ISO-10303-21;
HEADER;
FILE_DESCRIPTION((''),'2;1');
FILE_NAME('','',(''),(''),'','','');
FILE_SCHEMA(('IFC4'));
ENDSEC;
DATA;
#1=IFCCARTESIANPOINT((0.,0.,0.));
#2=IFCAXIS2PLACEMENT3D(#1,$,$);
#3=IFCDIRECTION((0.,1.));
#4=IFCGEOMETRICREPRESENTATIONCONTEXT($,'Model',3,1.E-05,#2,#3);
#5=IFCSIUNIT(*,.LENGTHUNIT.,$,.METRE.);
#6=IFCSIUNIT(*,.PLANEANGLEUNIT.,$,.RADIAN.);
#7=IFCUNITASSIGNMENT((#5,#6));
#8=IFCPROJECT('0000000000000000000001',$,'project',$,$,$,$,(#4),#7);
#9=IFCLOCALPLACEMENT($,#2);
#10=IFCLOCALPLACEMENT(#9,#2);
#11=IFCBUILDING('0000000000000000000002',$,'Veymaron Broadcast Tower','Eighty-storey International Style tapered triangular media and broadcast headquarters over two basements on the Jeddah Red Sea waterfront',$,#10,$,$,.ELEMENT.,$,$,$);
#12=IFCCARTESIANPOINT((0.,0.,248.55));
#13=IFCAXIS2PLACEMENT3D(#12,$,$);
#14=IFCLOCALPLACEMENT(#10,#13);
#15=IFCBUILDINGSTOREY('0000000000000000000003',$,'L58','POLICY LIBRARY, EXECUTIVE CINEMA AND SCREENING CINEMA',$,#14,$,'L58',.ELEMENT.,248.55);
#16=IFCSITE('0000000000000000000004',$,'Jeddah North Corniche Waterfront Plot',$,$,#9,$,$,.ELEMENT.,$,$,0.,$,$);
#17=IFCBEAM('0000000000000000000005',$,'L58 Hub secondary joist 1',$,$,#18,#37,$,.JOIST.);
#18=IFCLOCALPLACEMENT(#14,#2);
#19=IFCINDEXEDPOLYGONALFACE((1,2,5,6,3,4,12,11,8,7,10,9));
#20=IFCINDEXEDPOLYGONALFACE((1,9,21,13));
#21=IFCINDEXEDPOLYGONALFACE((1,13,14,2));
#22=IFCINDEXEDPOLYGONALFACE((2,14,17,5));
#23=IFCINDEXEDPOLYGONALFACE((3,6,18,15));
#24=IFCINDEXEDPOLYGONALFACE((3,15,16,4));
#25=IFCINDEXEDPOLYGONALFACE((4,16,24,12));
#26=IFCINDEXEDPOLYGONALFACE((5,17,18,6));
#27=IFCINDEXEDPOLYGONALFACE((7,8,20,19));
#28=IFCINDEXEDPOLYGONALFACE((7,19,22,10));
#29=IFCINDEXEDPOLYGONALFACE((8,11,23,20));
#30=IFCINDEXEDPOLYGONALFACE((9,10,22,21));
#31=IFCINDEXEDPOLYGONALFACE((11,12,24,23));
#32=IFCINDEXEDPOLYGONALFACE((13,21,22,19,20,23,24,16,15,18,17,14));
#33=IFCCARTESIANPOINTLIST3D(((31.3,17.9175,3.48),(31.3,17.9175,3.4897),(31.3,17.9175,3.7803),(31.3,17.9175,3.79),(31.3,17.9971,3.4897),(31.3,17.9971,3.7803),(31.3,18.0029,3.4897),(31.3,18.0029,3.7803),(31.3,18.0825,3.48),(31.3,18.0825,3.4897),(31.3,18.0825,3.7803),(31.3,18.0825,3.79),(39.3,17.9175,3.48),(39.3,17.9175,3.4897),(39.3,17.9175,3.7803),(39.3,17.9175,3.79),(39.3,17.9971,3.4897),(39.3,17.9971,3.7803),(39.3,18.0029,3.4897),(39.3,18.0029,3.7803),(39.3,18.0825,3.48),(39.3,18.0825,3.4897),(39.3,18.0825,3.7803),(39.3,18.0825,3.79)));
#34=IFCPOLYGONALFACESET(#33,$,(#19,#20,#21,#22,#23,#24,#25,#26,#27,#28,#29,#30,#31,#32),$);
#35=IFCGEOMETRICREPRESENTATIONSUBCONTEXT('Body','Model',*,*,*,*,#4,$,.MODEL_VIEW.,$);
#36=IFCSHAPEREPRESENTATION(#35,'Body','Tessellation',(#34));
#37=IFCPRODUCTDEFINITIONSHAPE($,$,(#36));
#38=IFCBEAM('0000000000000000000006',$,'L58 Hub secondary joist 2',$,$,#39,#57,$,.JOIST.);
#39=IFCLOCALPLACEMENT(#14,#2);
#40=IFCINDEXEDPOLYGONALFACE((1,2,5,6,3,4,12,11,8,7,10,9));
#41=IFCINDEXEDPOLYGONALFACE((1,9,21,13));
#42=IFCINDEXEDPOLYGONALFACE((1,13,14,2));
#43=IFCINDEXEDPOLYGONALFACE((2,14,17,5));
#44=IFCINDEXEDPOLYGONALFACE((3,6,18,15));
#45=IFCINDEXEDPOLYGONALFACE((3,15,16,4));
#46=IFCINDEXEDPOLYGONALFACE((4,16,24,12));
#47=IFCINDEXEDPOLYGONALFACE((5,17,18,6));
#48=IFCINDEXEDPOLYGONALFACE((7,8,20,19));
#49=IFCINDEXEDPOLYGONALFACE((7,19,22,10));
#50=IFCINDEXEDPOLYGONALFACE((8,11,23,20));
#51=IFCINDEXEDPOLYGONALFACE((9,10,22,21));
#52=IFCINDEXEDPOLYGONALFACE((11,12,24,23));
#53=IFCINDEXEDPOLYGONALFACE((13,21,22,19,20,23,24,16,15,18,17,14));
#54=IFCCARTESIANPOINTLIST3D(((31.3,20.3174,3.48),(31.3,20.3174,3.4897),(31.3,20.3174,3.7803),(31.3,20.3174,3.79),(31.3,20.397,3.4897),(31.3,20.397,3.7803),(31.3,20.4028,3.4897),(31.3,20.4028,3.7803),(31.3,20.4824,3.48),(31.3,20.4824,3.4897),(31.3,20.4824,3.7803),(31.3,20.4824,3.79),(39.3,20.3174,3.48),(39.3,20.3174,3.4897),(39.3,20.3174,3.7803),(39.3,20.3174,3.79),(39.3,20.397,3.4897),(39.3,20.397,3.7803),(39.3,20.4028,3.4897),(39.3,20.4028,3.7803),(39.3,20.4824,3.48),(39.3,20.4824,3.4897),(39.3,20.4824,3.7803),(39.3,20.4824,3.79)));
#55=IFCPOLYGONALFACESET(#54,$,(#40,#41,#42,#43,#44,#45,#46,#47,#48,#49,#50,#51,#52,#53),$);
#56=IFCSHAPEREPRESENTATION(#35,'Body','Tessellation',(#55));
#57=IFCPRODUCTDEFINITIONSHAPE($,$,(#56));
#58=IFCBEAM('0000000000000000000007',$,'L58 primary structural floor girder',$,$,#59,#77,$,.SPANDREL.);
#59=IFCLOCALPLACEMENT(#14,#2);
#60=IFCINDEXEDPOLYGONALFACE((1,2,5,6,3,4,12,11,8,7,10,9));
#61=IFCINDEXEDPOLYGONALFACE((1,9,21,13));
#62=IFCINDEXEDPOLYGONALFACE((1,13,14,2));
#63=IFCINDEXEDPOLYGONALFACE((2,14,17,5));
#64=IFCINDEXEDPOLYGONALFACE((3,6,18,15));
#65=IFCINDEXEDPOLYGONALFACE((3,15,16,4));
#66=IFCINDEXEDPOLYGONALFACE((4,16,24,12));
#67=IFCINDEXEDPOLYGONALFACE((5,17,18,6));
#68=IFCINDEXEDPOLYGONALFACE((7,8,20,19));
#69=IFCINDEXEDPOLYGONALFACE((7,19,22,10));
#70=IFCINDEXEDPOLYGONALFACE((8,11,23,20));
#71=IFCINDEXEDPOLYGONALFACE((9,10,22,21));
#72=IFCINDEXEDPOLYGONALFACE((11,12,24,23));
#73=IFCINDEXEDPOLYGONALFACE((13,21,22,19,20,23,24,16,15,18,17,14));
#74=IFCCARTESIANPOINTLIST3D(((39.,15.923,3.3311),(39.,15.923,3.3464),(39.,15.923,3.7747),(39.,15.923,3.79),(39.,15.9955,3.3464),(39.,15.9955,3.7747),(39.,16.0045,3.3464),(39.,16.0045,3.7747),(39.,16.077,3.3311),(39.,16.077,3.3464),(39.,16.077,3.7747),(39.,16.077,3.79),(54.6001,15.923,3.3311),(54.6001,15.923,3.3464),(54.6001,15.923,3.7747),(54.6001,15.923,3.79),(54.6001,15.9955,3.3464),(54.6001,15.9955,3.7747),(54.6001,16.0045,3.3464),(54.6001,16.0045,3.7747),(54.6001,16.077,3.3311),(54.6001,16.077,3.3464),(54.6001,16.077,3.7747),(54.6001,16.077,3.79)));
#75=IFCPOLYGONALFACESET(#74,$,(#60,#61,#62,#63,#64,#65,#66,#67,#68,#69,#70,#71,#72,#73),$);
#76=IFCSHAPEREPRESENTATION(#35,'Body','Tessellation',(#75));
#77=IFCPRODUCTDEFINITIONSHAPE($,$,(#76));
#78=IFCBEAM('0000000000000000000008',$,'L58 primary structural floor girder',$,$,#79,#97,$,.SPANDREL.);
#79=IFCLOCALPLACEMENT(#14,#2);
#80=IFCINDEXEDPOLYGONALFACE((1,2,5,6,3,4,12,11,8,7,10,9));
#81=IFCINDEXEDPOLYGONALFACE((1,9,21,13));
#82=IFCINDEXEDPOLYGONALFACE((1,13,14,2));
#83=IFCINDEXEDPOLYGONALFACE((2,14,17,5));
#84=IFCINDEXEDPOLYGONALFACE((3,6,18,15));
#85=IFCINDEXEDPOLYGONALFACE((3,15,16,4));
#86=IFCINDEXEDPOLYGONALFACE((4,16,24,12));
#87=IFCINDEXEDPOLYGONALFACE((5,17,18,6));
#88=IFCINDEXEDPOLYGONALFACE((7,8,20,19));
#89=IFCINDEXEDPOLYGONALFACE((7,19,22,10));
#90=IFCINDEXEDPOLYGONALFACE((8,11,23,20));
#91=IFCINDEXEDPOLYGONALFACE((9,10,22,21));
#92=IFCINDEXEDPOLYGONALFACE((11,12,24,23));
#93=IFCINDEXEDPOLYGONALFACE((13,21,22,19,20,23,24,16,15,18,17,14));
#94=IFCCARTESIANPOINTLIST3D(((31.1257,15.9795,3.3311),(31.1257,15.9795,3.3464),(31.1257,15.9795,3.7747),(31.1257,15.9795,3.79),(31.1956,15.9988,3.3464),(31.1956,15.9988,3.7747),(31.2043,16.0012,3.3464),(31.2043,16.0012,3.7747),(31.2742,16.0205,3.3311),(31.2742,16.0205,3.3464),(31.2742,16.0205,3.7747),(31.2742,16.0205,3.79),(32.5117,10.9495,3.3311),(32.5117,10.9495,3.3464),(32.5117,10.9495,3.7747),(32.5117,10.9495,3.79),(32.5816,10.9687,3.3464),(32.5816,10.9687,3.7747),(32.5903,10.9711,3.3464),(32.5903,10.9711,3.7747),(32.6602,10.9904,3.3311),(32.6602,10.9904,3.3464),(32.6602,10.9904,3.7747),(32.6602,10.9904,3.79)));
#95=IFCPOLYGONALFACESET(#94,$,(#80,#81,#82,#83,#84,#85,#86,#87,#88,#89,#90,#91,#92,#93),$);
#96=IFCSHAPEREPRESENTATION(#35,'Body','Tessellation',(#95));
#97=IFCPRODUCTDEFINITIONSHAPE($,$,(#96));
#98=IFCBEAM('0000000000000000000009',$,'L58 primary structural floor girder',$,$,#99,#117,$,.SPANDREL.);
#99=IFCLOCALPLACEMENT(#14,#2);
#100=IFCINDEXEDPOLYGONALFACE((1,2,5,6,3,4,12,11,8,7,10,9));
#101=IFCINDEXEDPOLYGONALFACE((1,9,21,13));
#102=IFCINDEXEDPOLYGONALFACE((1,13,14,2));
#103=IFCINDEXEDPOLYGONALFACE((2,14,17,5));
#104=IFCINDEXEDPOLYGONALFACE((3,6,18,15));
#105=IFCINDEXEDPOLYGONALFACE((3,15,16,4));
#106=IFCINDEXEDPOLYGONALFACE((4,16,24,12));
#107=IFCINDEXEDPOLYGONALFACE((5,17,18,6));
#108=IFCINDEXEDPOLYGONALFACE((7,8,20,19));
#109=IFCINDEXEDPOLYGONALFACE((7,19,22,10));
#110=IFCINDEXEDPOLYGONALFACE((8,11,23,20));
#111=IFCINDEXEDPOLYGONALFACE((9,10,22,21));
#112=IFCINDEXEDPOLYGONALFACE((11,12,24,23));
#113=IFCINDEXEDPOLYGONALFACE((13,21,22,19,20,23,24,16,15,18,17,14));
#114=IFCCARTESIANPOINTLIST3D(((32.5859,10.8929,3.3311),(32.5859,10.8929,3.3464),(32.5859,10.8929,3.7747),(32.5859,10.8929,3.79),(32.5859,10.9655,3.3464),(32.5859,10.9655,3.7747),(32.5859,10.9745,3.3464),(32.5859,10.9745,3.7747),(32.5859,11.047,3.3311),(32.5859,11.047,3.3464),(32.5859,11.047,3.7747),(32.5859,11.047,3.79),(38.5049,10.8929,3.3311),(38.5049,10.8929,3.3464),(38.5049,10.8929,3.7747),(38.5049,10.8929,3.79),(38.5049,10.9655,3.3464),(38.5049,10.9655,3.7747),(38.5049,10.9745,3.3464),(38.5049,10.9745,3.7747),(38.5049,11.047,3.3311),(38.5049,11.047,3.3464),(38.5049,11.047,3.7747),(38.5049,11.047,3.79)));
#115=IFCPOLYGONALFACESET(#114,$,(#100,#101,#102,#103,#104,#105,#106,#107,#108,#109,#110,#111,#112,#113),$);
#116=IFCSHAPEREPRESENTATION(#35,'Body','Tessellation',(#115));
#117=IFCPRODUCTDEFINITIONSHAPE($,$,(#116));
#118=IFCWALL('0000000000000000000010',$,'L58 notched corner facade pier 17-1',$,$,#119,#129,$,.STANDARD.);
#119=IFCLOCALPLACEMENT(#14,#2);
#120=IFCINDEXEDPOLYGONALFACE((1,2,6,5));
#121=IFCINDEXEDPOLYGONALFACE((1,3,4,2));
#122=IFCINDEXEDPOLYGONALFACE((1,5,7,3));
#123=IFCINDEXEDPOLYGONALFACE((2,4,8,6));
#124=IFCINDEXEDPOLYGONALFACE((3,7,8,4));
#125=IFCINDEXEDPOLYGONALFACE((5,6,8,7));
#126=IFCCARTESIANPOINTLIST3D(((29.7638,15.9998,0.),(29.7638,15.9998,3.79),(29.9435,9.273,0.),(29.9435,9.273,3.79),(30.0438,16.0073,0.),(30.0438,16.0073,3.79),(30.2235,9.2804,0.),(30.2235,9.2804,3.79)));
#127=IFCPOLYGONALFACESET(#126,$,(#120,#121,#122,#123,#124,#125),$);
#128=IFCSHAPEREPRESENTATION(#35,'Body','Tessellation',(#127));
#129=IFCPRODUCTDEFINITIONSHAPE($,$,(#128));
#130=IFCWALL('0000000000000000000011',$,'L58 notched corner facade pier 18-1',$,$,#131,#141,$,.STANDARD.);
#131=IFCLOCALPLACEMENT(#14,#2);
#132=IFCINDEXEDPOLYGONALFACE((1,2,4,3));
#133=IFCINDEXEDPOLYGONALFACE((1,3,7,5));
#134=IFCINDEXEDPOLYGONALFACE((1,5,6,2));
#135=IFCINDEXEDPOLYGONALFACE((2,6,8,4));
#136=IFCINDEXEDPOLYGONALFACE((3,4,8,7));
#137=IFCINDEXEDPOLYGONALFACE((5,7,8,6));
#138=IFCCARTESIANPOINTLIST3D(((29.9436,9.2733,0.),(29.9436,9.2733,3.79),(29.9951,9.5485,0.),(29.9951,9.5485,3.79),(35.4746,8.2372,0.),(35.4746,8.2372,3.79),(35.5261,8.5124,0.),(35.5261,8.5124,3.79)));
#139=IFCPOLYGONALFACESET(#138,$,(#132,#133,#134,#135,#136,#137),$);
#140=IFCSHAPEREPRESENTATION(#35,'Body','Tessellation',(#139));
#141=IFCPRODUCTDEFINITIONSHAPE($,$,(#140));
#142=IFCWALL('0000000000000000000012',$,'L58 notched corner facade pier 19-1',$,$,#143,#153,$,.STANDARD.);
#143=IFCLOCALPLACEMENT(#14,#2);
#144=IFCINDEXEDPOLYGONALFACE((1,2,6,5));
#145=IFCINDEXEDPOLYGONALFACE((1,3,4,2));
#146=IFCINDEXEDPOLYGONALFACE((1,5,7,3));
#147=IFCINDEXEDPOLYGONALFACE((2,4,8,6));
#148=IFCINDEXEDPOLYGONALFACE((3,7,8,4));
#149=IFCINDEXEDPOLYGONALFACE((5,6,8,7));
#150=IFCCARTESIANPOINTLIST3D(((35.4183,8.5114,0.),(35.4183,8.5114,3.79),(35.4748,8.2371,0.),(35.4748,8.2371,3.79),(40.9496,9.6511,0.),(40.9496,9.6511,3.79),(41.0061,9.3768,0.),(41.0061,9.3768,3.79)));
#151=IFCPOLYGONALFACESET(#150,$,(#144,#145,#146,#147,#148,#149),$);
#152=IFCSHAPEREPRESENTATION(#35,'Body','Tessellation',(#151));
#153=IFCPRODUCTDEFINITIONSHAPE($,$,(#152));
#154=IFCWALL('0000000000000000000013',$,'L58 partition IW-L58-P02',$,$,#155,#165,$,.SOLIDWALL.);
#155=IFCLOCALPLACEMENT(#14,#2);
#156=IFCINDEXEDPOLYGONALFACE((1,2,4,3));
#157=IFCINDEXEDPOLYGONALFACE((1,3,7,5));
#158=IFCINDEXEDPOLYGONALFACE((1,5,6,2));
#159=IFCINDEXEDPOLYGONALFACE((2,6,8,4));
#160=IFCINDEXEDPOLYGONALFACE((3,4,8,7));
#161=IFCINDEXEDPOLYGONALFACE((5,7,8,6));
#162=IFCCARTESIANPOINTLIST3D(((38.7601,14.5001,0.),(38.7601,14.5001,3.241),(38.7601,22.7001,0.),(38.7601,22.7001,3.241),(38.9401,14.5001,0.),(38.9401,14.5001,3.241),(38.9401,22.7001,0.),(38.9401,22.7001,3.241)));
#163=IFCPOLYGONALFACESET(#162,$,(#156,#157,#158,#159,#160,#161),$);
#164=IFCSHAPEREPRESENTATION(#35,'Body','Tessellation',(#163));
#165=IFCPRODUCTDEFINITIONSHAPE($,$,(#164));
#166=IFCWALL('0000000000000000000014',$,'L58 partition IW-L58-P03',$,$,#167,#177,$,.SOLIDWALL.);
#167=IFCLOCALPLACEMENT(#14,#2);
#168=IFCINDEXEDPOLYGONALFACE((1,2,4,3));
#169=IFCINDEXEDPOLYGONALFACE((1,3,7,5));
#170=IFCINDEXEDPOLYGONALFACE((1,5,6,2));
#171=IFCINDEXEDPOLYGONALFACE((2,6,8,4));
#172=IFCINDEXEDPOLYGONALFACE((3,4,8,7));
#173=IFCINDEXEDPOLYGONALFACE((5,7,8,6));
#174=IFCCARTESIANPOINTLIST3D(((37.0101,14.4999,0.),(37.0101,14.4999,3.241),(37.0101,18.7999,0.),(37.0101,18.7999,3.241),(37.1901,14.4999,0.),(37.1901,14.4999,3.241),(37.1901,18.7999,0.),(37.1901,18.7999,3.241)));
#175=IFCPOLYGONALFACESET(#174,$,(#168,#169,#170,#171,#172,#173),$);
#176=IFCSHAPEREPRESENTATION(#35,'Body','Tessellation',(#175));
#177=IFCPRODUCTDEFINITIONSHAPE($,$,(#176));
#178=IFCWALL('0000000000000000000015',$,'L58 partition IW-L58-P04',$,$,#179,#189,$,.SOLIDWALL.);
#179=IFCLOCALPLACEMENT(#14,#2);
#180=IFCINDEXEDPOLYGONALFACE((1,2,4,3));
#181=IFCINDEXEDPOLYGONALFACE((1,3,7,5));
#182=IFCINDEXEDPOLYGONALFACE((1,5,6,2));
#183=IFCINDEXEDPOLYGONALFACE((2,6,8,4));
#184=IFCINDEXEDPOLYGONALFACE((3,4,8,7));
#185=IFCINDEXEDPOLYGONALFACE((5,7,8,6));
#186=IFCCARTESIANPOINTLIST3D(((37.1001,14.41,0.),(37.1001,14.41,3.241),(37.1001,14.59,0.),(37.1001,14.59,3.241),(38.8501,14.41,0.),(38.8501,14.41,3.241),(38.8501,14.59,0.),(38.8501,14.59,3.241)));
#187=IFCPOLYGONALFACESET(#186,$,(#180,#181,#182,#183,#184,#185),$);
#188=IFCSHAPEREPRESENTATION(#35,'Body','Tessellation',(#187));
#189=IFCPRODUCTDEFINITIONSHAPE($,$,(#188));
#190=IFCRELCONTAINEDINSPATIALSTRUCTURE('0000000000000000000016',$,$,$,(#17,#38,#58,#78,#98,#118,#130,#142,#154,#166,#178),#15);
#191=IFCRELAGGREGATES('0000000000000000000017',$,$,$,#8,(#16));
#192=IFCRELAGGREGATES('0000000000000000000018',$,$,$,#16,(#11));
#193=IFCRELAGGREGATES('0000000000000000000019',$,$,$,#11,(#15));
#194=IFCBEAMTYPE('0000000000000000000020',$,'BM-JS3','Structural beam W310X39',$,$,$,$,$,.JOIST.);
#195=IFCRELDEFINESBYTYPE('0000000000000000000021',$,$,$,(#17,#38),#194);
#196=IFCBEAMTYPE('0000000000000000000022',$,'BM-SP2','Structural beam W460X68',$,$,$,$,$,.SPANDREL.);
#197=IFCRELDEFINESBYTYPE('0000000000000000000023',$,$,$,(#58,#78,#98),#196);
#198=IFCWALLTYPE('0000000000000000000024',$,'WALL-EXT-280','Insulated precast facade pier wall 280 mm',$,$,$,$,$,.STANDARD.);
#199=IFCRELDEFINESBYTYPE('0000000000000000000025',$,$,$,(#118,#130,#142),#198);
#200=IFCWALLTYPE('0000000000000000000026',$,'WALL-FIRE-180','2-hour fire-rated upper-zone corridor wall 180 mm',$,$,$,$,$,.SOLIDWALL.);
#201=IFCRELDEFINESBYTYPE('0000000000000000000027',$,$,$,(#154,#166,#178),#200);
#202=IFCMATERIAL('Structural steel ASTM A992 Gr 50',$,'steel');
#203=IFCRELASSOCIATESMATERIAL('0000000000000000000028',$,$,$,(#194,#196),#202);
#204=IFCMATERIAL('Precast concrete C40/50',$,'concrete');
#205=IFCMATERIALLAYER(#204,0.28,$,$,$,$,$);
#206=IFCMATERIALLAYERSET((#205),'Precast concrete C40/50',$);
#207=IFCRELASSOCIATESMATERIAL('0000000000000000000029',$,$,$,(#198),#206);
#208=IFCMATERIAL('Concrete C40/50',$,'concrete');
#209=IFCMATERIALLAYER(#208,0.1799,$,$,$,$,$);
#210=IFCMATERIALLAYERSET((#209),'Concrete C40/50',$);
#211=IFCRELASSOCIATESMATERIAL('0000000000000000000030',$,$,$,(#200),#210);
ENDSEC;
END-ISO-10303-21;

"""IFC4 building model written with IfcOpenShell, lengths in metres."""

from ifc_helpers import new_model, si_unit, direction, frame, frame_2d, origin, origin_2d, place, context, subcontext, project, spatial, rectangle, i_section, extrude, material, layer, layer_set, material_profile, profile_set, type_object, element, save


model = new_model("IFC4")

# Units and contexts
model_context = context("Model", 3, precision=1e-05, world=origin(), true_north=direction((0.0, 1.0)))
body_context = subcontext(model_context, "Body", "Model", "MODEL_VIEW")
ifc_project = project(units=[si_unit("LENGTHUNIT", "METRE"), si_unit("PLANEANGLEUNIT", "RADIAN")], contexts=[model_context])

# Site, building, storey
site_placement = place(None, origin())
site = spatial("IfcSite", under=ifc_project, at=site_placement, Name="Jeddah North Corniche Waterfront Plot", CompositionType="ELEMENT", RefElevation=0.0)
building_placement = place(site_placement, origin())
building = spatial("IfcBuilding", under=site, at=building_placement, Name="Veymaron Broadcast Tower", Description="Eighty-storey International Style tapered triangular media and broadcast headquarters over two basements on the Jeddah Red Sea waterfront", CompositionType="ELEMENT")
storey_placement = place(building_placement, frame((0.0, 0.0, 248.55)))
storey = spatial("IfcBuildingStorey", under=building, at=storey_placement, Name="L58", Description="POLICY LIBRARY, EXECUTIVE CINEMA AND SCREENING CINEMA", LongName="L58", CompositionType="ELEMENT", Elevation=248.55)

# Shared definitions
ifc_material_1 = material(Name="Structural steel ASTM A992 Gr 50", Category="steel")

# Beams
ifc_material_profile_1 = material_profile(ifc_material_1, i_section(OverallWidth=0.165, OverallDepth=0.3101, WebThickness=0.0059, FlangeThickness=0.0098, at=origin_2d()), Name="W310X39")
ifc_profile_set_1 = profile_set([ifc_material_profile_1], Name="Structural steel ASTM A992 Gr 50")
beam_type_1 = type_object("IfcBeamType", Name="BM-JS3", Description="Structural beam W310X39", PredefinedType="JOIST", material=ifc_profile_set_1)
for number, where, z_axis, x_axis, name in (
    (1, (31.3, 18.0, 3.635), (1.0, 0.0, 0.0), (0.0, 1.0, 0.0), "L58 Hub secondary joist 1"),
    (2, (31.3, 20.3999, 3.635), (1.0, 0.0, 0.0), (0.0, 1.0, 0.0), "L58 Hub secondary joist 2"),
):
    element("IfcBeam", number, at=place(storey_placement, frame(where, z_axis=z_axis, x_axis=x_axis)), inside=storey, type_object=beam_type_1, Name=name, PredefinedType="JOIST", context=body_context, shape_type="SweptSolid", body=[
        extrude(i_section(OverallWidth=0.165, OverallDepth=0.3101, WebThickness=0.0059, FlangeThickness=0.0098, at=origin_2d()), origin(), (0.0, 0.0, 1.0), 8.0),
    ])
ifc_material_profile_2 = material_profile(ifc_material_1, i_section(OverallWidth=0.1541, OverallDepth=0.459, WebThickness=0.009, FlangeThickness=0.0154, at=origin_2d()), Name="W460X68")
ifc_profile_set_2 = profile_set([ifc_material_profile_2], Name="Structural steel ASTM A992 Gr 50")
beam_type_2 = type_object("IfcBeamType", Name="BM-SP2", Description="Structural beam W460X68", PredefinedType="SPANDREL", material=ifc_profile_set_2)
beam_1_placement = place(storey_placement, frame((39.0, 16.0, 3.5605), z_axis=(1.0, 0.0, 0.0), x_axis=(0.0, 1.0, 0.0)))
element("IfcBeam", 3, at=beam_1_placement, inside=storey, type_object=beam_type_2, Name="L58 primary structural floor girder", PredefinedType="SPANDREL", context=body_context, shape_type="SweptSolid", body=[
    extrude(i_section(OverallWidth=0.1541, OverallDepth=0.459, WebThickness=0.009, FlangeThickness=0.0154, at=origin_2d()), origin(), (0.0, 0.0, 1.0), 15.6001),
])
beam_2_placement = place(storey_placement, frame((31.2, 16.0, 3.5605), z_axis=(0.265643, -0.964072, 0.0), x_axis=(0.964072, 0.265643, 0.0)))
element("IfcBeam", 4, at=beam_2_placement, inside=storey, type_object=beam_type_2, Name="L58 primary structural floor girder", PredefinedType="SPANDREL", context=body_context, shape_type="SweptSolid", body=[
    extrude(i_section(OverallWidth=0.1541, OverallDepth=0.459, WebThickness=0.009, FlangeThickness=0.0154, at=origin_2d()), origin(), (0.0, 0.0, 1.0), 5.2175),
])
beam_3_placement = place(storey_placement, frame((32.5859, 10.97, 3.5605), z_axis=(1.0, 0.0, 0.0), x_axis=(0.0, 1.0, 0.0)))
element("IfcBeam", 5, at=beam_3_placement, inside=storey, type_object=beam_type_2, Name="L58 primary structural floor girder", PredefinedType="SPANDREL", context=body_context, shape_type="SweptSolid", body=[
    extrude(i_section(OverallWidth=0.1541, OverallDepth=0.459, WebThickness=0.009, FlangeThickness=0.0154, at=origin_2d()), origin(), (0.0, 0.0, 1.0), 5.9189),
])

# Walls
ifc_material_2 = material(Name="Precast concrete C40/50", Category="concrete")
ifc_layer_1 = layer(ifc_material_2, 0.28)
ifc_layer_set_1 = layer_set([ifc_layer_1], Name="Precast concrete C40/50")
wall_type_1 = type_object("IfcWallType", Name="WALL-EXT-280", Description="Insulated precast facade pier wall 280 mm", PredefinedType="STANDARD", material=ifc_layer_set_1)
wall_1_placement = place(storey_placement, frame((29.9038, 16.0037, 0.0), z_axis=(0.0, 0.0, 1.0), x_axis=(0.026703, -0.999643, 0.0)))
element("IfcWall", 6, at=wall_1_placement, inside=storey, type_object=wall_type_1, Name="L58 notched corner facade pier 17-1", PredefinedType="STANDARD", context=body_context, shape_type="SweptSolid", body=[
    extrude(rectangle(XDim=6.7292, YDim=0.28, at=frame_2d((3.3647, 0.0))), origin(), (0.0, 0.0, 1.0), 3.79),
])
wall_2_placement = place(storey_placement, frame((29.9695, 9.4109, 0.0), z_axis=(0.0, 0.0, 1.0), x_axis=(0.982902, -0.184129, 0.0)))
element("IfcWall", 7, at=wall_2_placement, inside=storey, type_object=wall_type_1, Name="L58 notched corner facade pier 18-1", PredefinedType="STANDARD", context=body_context, shape_type="SweptSolid", body=[
    extrude(rectangle(XDim=5.6272, YDim=0.28, at=frame_2d((2.8135, 0.0))), origin(), (0.0, 0.0, 1.0), 3.79),
])
wall_3_placement = place(storey_placement, frame((35.4465, 8.3743, 0.0), z_axis=(0.0, 0.0, 1.0), x_axis=(0.979427, 0.201799, 0.0)))
element("IfcWall", 8, at=wall_3_placement, inside=storey, type_object=wall_type_1, Name="L58 notched corner facade pier 19-1", PredefinedType="STANDARD", context=body_context, shape_type="SweptSolid", body=[
    extrude(rectangle(XDim=5.6475, YDim=0.28, at=frame_2d((2.8237, 0.0))), origin(), (0.0, 0.0, 1.0), 3.79),
])
ifc_material_3 = material(Name="Concrete C40/50", Category="concrete")
ifc_layer_2 = layer(ifc_material_3, 0.1799)
ifc_layer_set_2 = layer_set([ifc_layer_2], Name="Concrete C40/50")
wall_type_2 = type_object("IfcWallType", Name="WALL-FIRE-180", Description="2-hour fire-rated upper-zone corridor wall 180 mm", PredefinedType="SOLIDWALL", material=ifc_layer_set_2)
wall_4_placement = place(storey_placement, frame((38.8501, 14.5, 0.0), z_axis=(0.0, 0.0, 1.0), x_axis=(0.0, 1.0, 0.0)))
element("IfcWall", 9, at=wall_4_placement, inside=storey, type_object=wall_type_2, Name="L58 partition IW-L58-P02", PredefinedType="SOLIDWALL", context=body_context, shape_type="SweptSolid", body=[
    extrude(rectangle(XDim=8.2, YDim=0.1799, at=frame_2d((4.1001, 0.0))), origin(), (0.0, 0.0, 1.0), 3.241),
])
wall_5_placement = place(storey_placement, frame((37.1001, 14.5, 0.0), z_axis=(0.0, 0.0, 1.0), x_axis=(0.0, 1.0, 0.0)))
element("IfcWall", 10, at=wall_5_placement, inside=storey, type_object=wall_type_2, Name="L58 partition IW-L58-P03", PredefinedType="SOLIDWALL", context=body_context, shape_type="SweptSolid", body=[
    extrude(rectangle(XDim=4.3, YDim=0.1799, at=frame_2d((2.1499, 0.0))), origin(), (0.0, 0.0, 1.0), 3.241),
])
wall_6_placement = place(storey_placement, frame((37.1001, 14.5, 0.0), z_axis=(0.0, 0.0, 1.0), x_axis=(1.0, 0.0, 0.0)))
element("IfcWall", 11, at=wall_6_placement, inside=storey, type_object=wall_type_2, Name="L58 partition IW-L58-P04", PredefinedType="SOLIDWALL", context=body_context, shape_type="SweptSolid", body=[
    extrude(rectangle(XDim=1.75, YDim=0.1799, at=frame_2d((0.875, 0.0))), origin(), (0.0, 0.0, 1.0), 3.241),
])

save(model, "model.ifc")
